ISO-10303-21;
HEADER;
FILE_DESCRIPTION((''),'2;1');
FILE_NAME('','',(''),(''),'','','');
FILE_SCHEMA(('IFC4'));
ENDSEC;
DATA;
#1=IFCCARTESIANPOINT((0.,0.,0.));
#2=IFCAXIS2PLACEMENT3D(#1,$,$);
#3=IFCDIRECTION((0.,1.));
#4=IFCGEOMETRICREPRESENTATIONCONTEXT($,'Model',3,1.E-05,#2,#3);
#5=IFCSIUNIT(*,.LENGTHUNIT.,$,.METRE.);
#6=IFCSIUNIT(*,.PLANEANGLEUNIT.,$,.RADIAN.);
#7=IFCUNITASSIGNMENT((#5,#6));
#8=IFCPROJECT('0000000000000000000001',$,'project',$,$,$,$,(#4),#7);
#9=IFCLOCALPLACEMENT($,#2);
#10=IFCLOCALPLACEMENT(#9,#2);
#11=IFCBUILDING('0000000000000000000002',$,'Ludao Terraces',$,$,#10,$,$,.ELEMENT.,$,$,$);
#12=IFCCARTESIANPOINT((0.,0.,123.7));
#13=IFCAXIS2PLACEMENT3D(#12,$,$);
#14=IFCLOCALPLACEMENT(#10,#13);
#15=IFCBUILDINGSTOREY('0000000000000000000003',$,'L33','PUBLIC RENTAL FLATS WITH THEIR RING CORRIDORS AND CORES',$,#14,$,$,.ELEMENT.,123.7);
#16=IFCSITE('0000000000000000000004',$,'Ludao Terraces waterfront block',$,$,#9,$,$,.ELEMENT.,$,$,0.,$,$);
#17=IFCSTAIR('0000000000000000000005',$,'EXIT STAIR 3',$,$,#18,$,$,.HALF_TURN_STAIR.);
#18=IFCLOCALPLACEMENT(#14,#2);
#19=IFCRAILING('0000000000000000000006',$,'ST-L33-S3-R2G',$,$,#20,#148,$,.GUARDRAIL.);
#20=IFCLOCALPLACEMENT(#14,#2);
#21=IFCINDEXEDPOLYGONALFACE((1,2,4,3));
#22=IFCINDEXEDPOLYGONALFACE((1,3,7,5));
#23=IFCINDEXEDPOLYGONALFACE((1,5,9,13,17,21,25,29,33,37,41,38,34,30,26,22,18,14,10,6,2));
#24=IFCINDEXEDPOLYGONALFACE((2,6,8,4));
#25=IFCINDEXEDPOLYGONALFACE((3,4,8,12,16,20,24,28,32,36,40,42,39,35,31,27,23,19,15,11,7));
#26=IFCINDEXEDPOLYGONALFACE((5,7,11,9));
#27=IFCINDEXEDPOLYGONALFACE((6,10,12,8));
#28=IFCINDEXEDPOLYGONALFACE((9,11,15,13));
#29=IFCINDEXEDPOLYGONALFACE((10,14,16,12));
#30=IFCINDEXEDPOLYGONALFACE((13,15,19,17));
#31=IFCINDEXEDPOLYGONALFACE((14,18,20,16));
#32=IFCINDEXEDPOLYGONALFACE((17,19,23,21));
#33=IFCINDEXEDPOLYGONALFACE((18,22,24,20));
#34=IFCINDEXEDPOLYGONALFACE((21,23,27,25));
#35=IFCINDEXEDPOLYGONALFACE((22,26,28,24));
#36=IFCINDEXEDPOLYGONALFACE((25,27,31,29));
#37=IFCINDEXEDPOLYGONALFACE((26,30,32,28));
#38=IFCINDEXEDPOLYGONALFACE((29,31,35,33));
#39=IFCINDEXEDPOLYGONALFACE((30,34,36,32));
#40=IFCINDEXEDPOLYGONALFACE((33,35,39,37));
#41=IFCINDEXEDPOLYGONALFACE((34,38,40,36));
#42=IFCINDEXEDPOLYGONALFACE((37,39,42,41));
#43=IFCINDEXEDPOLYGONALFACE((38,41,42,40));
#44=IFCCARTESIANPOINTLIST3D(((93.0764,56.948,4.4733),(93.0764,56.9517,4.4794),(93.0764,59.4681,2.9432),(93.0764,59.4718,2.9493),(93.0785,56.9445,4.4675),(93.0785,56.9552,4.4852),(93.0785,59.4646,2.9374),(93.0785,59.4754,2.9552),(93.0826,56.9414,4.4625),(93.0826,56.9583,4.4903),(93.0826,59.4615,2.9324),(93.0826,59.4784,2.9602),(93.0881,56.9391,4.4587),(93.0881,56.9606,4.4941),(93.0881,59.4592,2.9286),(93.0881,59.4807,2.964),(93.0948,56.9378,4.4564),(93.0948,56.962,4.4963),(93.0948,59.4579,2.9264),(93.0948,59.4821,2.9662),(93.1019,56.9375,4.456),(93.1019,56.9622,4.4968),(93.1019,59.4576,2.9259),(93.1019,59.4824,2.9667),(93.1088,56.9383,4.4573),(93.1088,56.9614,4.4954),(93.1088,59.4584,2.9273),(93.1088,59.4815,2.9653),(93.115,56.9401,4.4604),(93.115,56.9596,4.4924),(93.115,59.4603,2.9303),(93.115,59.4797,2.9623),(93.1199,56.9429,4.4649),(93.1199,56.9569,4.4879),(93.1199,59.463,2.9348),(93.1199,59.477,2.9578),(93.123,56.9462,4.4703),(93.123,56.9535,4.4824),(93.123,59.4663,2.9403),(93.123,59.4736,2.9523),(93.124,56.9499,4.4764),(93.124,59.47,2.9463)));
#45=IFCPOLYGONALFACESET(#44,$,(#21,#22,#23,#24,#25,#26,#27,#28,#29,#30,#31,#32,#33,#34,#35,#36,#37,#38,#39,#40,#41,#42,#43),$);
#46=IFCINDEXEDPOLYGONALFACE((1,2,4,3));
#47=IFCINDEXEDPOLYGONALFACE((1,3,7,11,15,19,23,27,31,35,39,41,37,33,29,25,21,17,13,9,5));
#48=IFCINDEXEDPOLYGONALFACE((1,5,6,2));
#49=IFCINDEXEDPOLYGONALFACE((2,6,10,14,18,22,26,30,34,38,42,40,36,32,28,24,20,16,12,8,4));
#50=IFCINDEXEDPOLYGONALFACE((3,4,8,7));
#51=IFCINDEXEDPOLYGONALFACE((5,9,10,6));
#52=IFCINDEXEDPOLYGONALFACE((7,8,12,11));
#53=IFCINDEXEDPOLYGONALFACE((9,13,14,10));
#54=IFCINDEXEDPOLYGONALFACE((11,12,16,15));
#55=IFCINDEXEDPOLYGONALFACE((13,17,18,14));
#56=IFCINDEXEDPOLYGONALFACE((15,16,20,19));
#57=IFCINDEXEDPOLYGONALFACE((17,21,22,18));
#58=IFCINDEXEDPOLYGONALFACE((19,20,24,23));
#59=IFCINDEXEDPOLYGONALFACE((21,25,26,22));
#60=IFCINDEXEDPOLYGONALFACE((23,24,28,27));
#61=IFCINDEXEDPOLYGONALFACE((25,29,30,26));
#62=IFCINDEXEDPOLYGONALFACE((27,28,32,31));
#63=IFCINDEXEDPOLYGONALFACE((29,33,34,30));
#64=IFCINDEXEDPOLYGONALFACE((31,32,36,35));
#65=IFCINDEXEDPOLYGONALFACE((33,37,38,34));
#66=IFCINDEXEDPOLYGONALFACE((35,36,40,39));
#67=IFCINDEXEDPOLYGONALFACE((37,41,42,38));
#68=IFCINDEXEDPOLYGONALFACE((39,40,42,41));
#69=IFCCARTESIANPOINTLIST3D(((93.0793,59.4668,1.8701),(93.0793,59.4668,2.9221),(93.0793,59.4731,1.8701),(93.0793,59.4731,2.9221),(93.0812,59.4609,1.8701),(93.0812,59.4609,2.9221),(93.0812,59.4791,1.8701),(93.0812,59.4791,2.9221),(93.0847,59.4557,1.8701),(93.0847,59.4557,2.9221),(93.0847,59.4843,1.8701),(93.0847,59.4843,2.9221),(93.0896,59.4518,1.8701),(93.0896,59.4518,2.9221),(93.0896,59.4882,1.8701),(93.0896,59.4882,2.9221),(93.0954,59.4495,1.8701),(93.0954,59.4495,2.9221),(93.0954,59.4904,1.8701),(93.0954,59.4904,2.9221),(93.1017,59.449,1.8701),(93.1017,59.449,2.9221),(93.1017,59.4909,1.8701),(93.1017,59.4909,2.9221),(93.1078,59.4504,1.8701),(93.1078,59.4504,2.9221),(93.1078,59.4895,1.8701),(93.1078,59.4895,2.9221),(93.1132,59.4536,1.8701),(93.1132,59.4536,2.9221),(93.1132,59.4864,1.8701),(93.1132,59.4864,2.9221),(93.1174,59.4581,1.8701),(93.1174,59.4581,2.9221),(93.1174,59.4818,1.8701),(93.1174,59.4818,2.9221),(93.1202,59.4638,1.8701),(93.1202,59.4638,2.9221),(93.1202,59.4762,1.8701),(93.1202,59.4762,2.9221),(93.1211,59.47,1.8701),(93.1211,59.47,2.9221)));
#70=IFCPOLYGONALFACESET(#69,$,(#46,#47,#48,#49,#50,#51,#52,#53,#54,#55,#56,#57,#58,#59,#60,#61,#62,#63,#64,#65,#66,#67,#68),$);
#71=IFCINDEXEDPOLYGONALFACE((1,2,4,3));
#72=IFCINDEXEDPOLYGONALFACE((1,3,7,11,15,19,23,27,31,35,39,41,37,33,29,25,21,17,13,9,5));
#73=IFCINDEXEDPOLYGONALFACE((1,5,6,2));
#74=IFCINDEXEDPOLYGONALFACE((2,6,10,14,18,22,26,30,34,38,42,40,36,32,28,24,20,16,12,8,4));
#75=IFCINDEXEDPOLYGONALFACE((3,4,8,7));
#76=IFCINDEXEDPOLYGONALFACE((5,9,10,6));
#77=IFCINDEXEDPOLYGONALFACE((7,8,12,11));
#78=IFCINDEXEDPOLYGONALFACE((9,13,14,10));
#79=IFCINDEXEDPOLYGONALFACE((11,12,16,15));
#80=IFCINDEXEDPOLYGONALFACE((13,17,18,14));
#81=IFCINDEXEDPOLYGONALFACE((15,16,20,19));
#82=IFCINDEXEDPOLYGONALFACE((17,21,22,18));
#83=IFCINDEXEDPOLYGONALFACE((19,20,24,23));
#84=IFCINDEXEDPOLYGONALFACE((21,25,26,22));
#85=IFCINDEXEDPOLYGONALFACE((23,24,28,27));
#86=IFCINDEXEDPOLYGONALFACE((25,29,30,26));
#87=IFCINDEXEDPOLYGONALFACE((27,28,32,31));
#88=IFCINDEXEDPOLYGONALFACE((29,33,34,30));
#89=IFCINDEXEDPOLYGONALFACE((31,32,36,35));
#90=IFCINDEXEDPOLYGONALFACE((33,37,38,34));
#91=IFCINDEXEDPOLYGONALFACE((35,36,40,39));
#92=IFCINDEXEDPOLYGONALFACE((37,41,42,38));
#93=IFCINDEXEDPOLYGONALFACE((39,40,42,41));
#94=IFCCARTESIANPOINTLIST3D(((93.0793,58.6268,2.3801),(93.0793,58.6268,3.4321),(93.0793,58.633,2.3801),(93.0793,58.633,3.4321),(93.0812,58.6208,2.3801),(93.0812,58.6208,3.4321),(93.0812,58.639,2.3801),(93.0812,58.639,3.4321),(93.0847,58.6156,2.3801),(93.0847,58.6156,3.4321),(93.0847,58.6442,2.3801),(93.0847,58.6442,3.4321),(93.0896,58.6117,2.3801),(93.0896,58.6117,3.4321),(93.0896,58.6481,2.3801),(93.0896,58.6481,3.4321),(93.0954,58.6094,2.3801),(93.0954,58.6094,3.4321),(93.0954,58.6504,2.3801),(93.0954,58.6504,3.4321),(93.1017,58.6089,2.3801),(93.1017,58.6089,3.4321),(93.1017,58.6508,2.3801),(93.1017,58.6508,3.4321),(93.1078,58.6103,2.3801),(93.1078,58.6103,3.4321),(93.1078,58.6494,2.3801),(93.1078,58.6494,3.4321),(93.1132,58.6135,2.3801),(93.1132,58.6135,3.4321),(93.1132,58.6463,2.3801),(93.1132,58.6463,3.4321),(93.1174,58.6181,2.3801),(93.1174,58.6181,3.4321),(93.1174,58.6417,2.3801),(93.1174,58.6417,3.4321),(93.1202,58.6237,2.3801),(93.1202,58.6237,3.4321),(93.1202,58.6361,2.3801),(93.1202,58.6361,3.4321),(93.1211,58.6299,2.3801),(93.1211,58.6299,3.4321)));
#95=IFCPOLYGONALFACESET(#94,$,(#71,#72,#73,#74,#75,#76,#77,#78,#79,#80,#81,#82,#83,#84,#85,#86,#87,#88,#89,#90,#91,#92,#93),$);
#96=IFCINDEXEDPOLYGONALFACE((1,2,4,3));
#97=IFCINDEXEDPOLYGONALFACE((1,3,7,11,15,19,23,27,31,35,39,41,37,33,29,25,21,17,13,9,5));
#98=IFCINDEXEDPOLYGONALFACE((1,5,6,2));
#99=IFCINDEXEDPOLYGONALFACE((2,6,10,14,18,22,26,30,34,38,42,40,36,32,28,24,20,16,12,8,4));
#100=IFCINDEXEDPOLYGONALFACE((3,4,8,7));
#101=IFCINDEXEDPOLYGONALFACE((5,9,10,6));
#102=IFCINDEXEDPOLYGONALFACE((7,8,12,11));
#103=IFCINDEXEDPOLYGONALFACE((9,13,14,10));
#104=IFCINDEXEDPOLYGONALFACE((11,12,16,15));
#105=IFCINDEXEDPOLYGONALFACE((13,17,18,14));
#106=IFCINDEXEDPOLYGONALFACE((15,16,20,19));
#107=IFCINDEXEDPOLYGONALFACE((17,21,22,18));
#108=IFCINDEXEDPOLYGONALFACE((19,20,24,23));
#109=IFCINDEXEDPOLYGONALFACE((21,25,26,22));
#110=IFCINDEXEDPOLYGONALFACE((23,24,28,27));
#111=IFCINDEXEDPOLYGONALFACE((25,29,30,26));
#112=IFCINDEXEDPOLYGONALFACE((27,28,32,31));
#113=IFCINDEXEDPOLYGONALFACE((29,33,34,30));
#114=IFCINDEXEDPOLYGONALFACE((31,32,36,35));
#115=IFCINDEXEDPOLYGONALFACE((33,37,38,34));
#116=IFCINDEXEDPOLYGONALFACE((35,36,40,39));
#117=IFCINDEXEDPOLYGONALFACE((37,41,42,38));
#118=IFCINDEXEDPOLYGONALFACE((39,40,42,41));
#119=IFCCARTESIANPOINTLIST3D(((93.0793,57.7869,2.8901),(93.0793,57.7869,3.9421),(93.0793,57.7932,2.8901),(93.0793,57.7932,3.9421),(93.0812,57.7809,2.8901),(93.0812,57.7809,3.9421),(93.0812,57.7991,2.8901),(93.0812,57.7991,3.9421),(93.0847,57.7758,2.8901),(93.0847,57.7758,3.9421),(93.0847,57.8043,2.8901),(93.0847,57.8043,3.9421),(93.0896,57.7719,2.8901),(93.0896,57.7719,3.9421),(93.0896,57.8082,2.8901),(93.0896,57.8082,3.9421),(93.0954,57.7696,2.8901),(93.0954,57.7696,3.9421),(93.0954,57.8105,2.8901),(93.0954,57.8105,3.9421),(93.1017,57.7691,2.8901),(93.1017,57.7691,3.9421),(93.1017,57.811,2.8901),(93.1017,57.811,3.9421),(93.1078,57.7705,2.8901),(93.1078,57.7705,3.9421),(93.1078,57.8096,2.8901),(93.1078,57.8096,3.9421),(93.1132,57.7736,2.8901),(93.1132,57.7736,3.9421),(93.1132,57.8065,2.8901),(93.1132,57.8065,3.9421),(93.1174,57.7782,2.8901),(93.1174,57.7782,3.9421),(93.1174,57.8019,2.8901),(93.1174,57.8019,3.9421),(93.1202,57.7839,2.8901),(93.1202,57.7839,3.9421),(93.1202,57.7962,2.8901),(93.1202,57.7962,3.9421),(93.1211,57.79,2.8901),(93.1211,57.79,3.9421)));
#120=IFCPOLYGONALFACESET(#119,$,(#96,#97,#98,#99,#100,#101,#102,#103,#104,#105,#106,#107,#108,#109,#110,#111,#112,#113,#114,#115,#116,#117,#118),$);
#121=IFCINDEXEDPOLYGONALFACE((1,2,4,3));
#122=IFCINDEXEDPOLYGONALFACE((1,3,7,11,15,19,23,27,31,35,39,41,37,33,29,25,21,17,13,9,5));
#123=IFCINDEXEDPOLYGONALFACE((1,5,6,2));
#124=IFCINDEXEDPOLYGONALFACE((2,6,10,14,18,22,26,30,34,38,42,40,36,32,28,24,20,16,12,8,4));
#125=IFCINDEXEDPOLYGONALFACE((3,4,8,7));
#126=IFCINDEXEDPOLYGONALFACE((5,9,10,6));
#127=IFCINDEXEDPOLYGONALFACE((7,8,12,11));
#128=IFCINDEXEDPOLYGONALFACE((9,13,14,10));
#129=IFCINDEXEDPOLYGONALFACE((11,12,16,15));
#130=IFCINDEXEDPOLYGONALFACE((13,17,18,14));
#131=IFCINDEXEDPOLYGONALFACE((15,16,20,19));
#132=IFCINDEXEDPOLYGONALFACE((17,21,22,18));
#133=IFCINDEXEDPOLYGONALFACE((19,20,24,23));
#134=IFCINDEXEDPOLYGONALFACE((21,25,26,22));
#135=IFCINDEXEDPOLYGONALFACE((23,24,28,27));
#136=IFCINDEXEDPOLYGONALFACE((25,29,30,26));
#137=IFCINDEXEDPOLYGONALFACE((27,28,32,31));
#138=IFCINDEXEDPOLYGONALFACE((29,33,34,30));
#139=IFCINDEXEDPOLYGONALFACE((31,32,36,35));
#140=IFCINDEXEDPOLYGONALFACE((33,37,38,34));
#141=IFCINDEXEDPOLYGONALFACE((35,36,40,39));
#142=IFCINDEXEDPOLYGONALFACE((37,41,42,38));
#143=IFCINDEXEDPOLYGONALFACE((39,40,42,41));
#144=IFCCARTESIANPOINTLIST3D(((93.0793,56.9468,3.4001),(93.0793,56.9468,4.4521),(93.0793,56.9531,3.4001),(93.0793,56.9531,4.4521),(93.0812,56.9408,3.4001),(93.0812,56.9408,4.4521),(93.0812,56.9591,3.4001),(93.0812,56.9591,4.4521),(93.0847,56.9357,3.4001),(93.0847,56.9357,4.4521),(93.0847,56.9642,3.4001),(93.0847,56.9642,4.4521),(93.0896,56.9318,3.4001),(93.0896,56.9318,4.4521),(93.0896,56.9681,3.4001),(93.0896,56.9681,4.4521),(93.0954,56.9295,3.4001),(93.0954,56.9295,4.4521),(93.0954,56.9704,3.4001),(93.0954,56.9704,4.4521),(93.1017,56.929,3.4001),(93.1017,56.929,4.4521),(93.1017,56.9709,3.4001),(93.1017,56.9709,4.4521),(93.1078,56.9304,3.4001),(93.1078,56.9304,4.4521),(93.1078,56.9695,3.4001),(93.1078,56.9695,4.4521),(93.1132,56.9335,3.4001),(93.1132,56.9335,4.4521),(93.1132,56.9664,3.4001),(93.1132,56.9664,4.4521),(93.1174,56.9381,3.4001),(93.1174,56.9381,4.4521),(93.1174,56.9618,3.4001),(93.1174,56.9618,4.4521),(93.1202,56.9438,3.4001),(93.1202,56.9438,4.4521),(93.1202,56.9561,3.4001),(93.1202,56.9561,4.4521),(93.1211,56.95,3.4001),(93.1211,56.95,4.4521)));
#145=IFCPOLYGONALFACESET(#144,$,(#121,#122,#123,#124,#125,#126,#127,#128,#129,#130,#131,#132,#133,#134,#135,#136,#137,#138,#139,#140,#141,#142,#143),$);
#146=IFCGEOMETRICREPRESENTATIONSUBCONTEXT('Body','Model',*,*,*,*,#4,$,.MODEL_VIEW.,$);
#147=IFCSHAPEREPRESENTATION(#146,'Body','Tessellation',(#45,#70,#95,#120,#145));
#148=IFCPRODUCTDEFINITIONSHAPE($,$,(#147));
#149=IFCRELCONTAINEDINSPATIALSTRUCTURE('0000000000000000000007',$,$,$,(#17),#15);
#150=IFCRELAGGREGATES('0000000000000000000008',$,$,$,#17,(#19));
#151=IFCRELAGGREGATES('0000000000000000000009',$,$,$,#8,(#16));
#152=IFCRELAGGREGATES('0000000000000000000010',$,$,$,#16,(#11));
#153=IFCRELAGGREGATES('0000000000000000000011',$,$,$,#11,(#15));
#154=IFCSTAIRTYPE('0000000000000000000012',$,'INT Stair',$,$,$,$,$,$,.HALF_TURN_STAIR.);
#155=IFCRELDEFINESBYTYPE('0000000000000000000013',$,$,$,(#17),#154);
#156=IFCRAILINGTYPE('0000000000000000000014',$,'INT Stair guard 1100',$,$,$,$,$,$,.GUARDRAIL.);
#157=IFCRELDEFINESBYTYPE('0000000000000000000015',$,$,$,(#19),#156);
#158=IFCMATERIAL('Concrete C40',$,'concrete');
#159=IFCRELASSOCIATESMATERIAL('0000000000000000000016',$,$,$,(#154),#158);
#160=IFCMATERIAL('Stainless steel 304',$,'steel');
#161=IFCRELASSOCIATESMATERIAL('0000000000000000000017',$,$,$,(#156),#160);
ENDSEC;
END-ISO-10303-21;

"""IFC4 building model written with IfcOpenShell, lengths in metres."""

from ifc_helpers import new_model, si_unit, direction, frame, origin, origin_2d, place, context, subcontext, project, spatial, circle, extrude, material, type_object, element, aggregate, save


model = new_model("IFC4")

# Units and contexts
model_context = context("Model", 3, precision=1e-05, world=origin(), true_north=direction((0.0, 1.0)))
body_context = subcontext(model_context, "Body", "Model", "MODEL_VIEW")
ifc_project = project(units=[si_unit("LENGTHUNIT", "METRE"), si_unit("PLANEANGLEUNIT", "RADIAN")], contexts=[model_context])

# Site, building, storey
site_placement = place(None, origin())
site = spatial("IfcSite", under=ifc_project, at=site_placement, Name="Ludao Terraces waterfront block", CompositionType="ELEMENT", RefElevation=0.0)
building_placement = place(site_placement, origin())
building = spatial("IfcBuilding", under=site, at=building_placement, Name="Ludao Terraces", CompositionType="ELEMENT")
storey_placement = place(building_placement, frame((0.0, 0.0, 123.7)))
storey = spatial("IfcBuildingStorey", under=building, at=storey_placement, Name="L33", Description="PUBLIC RENTAL FLATS WITH THEIR RING CORRIDORS AND CORES", CompositionType="ELEMENT", Elevation=123.7)

# Shared definitions
ifc_material_1 = material(Name="Concrete C40", Category="concrete")

# Stair, railing
stair_type = type_object("IfcStairType", Name="INT Stair", PredefinedType="HALF_TURN_STAIR", material=ifc_material_1)
stair_placement = place(storey_placement, origin())
stair = element("IfcStair", 1, at=stair_placement, inside=storey, type_object=stair_type, Name="EXIT STAIR 3", PredefinedType="HALF_TURN_STAIR")
ifc_material_2 = material(Name="Stainless steel 304", Category="steel")
railing_type_1 = type_object("IfcRailingType", Name="INT Stair guard 1100", PredefinedType="GUARDRAIL", material=ifc_material_2)
railing_1_placement = place(storey_placement, frame((93.1001, 59.47, 1.8701)))
railing_1 = element("IfcRailing", 2, at=railing_1_placement, type_object=railing_type_1, Name="ST-L33-S3-R2G", PredefinedType="GUARDRAIL", context=body_context, shape_type="SweptSolid", body=[
    extrude(circle(Radius=0.0239, at=origin_2d()), frame((0.0, 0.0, 1.0762), z_axis=(0.0, -0.854785, 0.518982), x_axis=(1.0, 0.0, 0.0)), (0.0, 0.0, 1.0), 2.9482),
    extrude(circle(Radius=0.021, at=origin_2d()), origin(), (0.0, 0.0, 1.0), 1.052),
    extrude(circle(Radius=0.021, at=origin_2d()), frame((0.0, -0.8401, 0.51)), (0.0, 0.0, 1.0), 1.052),
    extrude(circle(Radius=0.021, at=origin_2d()), frame((0.0, -1.6799, 1.02)), (0.0, 0.0, 1.0), 1.052),
    extrude(circle(Radius=0.021, at=origin_2d()), frame((0.0, -2.52, 1.53)), (0.0, 0.0, 1.0), 1.052),
])
aggregate(stair, [railing_1])

save(model, "model.ifc")
